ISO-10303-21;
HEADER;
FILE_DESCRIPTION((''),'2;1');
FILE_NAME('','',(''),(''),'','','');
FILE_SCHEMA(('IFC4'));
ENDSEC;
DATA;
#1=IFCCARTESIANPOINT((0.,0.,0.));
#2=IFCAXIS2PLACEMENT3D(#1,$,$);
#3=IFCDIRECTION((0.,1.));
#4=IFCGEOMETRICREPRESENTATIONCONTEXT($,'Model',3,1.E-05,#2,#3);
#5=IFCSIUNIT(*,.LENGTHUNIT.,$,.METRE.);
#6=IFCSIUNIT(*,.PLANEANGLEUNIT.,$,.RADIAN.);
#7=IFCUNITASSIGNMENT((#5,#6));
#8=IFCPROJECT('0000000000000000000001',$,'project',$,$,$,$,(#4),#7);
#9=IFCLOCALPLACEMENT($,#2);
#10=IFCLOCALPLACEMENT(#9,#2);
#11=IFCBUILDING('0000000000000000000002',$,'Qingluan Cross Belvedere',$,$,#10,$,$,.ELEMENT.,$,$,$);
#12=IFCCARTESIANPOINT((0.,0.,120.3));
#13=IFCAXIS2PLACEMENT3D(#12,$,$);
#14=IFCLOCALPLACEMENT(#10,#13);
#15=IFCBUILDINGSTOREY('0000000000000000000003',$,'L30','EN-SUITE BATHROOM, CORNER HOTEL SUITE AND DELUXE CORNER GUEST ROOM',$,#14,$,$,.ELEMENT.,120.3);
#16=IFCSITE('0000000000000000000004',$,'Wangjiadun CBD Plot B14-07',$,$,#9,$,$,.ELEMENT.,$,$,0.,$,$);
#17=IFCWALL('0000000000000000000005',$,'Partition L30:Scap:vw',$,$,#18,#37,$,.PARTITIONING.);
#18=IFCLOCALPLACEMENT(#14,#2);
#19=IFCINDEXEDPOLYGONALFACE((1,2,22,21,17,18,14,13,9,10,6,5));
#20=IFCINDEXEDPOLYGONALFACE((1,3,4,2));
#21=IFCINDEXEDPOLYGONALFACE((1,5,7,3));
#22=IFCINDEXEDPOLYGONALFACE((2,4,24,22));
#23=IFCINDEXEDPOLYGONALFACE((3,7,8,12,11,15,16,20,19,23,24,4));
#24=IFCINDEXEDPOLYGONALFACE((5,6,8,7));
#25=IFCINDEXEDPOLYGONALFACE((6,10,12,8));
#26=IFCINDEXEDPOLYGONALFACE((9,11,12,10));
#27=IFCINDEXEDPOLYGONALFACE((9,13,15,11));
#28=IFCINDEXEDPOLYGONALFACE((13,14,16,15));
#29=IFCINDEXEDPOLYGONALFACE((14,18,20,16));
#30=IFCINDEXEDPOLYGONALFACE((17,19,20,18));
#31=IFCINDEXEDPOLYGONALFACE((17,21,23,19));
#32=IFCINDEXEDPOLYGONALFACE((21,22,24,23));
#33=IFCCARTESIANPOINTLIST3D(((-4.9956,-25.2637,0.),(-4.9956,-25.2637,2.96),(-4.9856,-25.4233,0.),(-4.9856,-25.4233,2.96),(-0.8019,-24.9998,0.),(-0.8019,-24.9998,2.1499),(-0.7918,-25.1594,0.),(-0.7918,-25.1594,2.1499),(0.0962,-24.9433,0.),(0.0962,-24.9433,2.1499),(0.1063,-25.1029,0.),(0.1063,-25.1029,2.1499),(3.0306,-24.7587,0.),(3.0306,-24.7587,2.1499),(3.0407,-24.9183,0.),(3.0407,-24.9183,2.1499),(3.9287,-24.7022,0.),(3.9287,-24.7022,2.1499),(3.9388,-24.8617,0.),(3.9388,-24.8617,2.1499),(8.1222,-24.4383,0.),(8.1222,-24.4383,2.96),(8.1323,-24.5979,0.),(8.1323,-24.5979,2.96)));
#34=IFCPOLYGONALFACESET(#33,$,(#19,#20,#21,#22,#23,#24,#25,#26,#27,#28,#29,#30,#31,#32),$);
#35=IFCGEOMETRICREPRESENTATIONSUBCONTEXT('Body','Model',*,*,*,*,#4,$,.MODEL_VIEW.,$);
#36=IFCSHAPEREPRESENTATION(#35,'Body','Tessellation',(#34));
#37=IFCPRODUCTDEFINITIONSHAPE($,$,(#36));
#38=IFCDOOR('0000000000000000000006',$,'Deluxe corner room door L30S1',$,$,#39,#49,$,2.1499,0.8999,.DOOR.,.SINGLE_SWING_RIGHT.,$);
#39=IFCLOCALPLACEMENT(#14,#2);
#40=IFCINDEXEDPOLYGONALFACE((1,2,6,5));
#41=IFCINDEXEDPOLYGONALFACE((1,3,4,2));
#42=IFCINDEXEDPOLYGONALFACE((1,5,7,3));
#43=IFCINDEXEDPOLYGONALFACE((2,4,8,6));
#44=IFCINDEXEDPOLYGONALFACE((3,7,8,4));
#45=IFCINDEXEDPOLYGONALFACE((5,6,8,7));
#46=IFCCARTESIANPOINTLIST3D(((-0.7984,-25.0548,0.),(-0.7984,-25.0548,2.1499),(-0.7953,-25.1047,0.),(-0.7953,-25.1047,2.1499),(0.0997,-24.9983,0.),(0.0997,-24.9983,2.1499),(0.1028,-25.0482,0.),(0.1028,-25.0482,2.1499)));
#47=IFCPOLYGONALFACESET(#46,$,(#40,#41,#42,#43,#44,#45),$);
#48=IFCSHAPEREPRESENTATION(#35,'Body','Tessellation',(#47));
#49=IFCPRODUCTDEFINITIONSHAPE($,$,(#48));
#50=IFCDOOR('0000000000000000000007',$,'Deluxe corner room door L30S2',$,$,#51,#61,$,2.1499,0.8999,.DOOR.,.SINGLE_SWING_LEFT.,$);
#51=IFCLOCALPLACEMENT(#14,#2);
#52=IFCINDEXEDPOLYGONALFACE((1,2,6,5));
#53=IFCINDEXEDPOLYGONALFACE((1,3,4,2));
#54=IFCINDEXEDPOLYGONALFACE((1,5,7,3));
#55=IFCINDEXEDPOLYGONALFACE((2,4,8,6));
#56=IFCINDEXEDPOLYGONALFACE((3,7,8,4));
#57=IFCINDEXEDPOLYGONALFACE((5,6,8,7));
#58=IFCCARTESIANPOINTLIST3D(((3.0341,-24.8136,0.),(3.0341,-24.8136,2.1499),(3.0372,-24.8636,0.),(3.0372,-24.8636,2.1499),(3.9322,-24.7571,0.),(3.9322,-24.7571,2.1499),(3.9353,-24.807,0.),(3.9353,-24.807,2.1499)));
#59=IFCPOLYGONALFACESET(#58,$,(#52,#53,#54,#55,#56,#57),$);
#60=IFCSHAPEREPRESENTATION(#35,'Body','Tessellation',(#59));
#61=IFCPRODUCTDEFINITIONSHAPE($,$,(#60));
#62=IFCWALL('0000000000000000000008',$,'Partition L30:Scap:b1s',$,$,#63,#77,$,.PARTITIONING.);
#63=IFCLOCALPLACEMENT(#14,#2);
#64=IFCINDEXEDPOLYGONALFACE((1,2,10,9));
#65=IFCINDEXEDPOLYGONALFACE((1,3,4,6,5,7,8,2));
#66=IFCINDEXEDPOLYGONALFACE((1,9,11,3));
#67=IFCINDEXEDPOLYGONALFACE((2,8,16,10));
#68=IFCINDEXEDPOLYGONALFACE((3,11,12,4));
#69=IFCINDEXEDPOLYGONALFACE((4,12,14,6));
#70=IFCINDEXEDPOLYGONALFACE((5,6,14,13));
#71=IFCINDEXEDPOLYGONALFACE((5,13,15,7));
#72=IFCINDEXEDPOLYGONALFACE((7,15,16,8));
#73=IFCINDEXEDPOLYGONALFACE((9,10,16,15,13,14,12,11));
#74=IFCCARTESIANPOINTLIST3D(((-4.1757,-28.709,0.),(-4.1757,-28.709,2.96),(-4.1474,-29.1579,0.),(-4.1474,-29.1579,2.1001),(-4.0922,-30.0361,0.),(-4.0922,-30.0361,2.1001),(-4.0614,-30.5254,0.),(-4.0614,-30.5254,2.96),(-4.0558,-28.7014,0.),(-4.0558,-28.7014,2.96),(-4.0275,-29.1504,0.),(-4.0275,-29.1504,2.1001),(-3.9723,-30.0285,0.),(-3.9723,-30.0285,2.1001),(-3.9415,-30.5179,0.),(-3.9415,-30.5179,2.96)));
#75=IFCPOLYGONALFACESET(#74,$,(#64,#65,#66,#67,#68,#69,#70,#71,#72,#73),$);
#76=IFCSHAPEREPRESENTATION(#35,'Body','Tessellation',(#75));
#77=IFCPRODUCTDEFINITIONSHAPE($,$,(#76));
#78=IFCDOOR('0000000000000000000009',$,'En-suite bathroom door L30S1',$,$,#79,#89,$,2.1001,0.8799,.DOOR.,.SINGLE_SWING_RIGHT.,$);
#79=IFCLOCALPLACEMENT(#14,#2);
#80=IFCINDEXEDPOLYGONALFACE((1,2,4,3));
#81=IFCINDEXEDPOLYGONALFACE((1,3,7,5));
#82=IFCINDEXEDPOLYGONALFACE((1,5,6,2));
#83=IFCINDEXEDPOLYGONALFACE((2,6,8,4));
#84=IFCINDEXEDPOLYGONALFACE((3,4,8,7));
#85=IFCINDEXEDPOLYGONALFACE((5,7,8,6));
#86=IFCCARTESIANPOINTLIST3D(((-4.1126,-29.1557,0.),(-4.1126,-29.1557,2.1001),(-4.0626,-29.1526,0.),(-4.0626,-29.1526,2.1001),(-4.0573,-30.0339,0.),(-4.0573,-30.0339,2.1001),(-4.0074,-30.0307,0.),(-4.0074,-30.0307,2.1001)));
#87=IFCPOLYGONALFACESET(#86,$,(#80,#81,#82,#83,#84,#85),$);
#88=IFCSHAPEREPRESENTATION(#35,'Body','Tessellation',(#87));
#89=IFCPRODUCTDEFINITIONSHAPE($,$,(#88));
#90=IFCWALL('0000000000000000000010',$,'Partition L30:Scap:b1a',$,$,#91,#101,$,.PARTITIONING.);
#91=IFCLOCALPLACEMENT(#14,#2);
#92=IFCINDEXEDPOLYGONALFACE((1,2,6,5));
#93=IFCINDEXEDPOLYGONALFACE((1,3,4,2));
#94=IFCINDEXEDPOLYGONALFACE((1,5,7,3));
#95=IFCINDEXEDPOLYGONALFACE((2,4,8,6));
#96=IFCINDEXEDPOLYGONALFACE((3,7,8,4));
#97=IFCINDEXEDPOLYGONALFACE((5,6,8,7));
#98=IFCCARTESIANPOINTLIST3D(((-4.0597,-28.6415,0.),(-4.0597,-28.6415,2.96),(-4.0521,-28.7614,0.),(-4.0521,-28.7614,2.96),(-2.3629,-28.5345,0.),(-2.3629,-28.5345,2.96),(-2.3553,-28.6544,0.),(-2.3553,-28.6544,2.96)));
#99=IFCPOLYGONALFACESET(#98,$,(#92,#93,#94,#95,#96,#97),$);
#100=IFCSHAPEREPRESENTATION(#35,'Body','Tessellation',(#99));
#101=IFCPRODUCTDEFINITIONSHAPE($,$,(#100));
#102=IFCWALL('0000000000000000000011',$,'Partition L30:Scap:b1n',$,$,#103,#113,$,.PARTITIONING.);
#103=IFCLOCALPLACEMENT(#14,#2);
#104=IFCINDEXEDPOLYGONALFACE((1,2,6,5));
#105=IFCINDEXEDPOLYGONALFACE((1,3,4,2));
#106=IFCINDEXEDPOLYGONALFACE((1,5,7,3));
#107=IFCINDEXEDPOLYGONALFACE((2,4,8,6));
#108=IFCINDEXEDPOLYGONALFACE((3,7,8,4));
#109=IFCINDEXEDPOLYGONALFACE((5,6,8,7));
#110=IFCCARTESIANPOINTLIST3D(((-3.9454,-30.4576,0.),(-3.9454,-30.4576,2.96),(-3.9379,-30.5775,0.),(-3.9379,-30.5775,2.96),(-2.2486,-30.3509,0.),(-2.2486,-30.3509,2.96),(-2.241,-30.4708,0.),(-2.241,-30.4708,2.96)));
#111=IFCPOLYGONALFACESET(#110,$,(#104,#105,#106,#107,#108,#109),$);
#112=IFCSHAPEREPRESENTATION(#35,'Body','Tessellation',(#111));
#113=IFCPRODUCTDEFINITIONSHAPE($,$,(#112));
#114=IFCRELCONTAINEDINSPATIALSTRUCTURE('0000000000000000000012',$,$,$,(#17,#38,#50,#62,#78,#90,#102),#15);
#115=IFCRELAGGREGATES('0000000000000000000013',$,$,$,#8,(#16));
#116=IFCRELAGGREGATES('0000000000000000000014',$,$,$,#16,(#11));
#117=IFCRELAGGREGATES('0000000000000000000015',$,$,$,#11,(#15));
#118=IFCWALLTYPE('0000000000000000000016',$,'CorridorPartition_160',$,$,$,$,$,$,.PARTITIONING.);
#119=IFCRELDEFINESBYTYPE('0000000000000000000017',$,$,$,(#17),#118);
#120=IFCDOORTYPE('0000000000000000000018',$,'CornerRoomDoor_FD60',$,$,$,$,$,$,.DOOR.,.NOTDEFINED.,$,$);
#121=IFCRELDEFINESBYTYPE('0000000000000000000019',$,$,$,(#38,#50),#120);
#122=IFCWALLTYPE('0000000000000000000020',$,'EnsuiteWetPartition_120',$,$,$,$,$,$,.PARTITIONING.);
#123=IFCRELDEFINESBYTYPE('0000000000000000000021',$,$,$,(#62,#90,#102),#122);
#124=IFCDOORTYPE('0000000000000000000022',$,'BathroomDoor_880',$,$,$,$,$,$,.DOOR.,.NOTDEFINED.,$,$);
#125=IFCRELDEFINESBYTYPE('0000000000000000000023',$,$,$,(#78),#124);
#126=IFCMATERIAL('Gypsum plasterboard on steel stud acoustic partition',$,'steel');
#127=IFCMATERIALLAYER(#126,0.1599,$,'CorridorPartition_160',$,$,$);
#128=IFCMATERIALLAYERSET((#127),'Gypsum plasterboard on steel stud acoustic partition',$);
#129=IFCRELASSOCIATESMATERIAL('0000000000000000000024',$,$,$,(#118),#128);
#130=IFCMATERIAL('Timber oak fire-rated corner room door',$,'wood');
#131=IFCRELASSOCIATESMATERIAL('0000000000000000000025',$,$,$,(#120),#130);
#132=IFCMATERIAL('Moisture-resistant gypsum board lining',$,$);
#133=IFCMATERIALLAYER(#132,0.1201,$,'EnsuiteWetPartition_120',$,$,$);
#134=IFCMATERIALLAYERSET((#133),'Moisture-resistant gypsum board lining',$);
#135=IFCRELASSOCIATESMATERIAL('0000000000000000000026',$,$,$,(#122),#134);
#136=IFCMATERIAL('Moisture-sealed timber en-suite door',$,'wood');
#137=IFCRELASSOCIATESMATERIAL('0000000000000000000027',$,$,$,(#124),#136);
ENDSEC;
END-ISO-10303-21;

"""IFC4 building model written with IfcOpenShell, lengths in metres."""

from ifc_helpers import new_model, si_unit, direction, frame, frame_2d, origin, place, context, subcontext, project, spatial, rectangle, extrude, material, layer, layer_set, type_object, element, fill, save


model = new_model("IFC4")

# Units and contexts
model_context = context("Model", 3, precision=1e-05, world=origin(), true_north=direction((0.0, 1.0)))
body_context = subcontext(model_context, "Body", "Model", "MODEL_VIEW")
ifc_project = project(units=[si_unit("LENGTHUNIT", "METRE"), si_unit("PLANEANGLEUNIT", "RADIAN")], contexts=[model_context])

# Site, building, storey
site_placement = place(None, origin())
site = spatial("IfcSite", under=ifc_project, at=site_placement, Name="Wangjiadun CBD Plot B14-07", CompositionType="ELEMENT", RefElevation=0.0)
building_placement = place(site_placement, origin())
building = spatial("IfcBuilding", under=site, at=building_placement, Name="Qingluan Cross Belvedere", CompositionType="ELEMENT")
storey_placement = place(building_placement, frame((0.0, 0.0, 120.3)))
storey = spatial("IfcBuildingStorey", under=building, at=storey_placement, Name="L30", Description="EN-SUITE BATHROOM, CORNER HOTEL SUITE AND DELUXE CORNER GUEST ROOM", CompositionType="ELEMENT", Elevation=120.3)

# Shared definitions
ifc_material_1 = material(Name="Gypsum plasterboard on steel stud acoustic partition", Category="steel")
ifc_layer_1 = layer(ifc_material_1, 0.1599, Name="CorridorPartition_160")
ifc_layer_set_1 = layer_set([ifc_layer_1], Name="Gypsum plasterboard on steel stud acoustic partition")
wall_type_1 = type_object("IfcWallType", Name="CorridorPartition_160", PredefinedType="PARTITIONING", material=ifc_layer_set_1)

# Wall, openings, doors
wall_1_placement = place(storey_placement, frame((-4.9905, -25.3435, 0.0), z_axis=(0.0, 0.0, 1.0), x_axis=(0.998026, 0.0628, 0.0)))
wall_1 = element("IfcWall", 1, at=wall_1_placement, inside=storey, type_object=wall_type_1, Name="Partition L30:Scap:vw", PredefinedType="PARTITIONING", context=body_context, shape_type="SweptSolid", body=[
    extrude(rectangle(XDim=13.1438, YDim=0.1599, at=frame_2d((6.5718, 0.0))), origin(), (0.0, 0.0, 1.0), 2.96),
])
opening_1_placement = place(wall_1_placement, frame((4.2019, 0.0, 0.0)))
opening_1 = element("IfcOpeningElement", 2, at=opening_1_placement, cuts=wall_1, PredefinedType="OPENING", context=body_context, shape_type="SweptSolid", body=[
    extrude(rectangle(XDim=0.8999, YDim=2.1499, at=frame_2d((0.45, 1.075))), frame((0.0, 0.0898, 0.0), z_axis=(0.0, -1.0, 0.0), x_axis=(1.0, 0.0, 0.0)), (0.0, 0.0, 1.0), 0.1799),
])
opening_2_placement = place(wall_1_placement, frame((8.042, 0.0, 0.0)))
opening_2 = element("IfcOpeningElement", 3, at=opening_2_placement, cuts=wall_1, PredefinedType="OPENING", context=body_context, shape_type="SweptSolid", body=[
    extrude(rectangle(XDim=0.8999, YDim=2.1499, at=frame_2d((0.45, 1.075))), frame((0.0, 0.0898, 0.0), z_axis=(0.0, -1.0, 0.0), x_axis=(1.0, 0.0, 0.0)), (0.0, 0.0, 1.0), 0.1799),
])
ifc_material_2 = material(Name="Timber oak fire-rated corner room door", Category="wood")
door_type_1 = type_object("IfcDoorType", Name="CornerRoomDoor_FD60", OperationType="NOTDEFINED", PredefinedType="DOOR", material=ifc_material_2)
door_1_placement = place(opening_1_placement, origin())
door_1 = element("IfcDoor", 4, at=door_1_placement, inside=storey, type_object=door_type_1, Name="Deluxe corner room door L30S1", OperationType="SINGLE_SWING_RIGHT", OverallHeight=2.1499, OverallWidth=0.8999, PredefinedType="DOOR", context=body_context, shape_type="SweptSolid", body=[
    extrude(rectangle(XDim=0.8999, YDim=2.1499, at=frame_2d((0.45, 1.075))), frame((0.0, 0.0249, 0.0), z_axis=(0.0, -1.0, 0.0), x_axis=(1.0, 0.0, 0.0)), (0.0, 0.0, 1.0), 0.05),
])
fill(opening_1, door_1)
door_2_placement = place(opening_2_placement, origin())
door_2 = element("IfcDoor", 5, at=door_2_placement, inside=storey, type_object=door_type_1, Name="Deluxe corner room door L30S2", OperationType="SINGLE_SWING_LEFT", OverallHeight=2.1499, OverallWidth=0.8999, PredefinedType="DOOR", context=body_context, shape_type="SweptSolid", body=[
    extrude(rectangle(XDim=0.8999, YDim=2.1499, at=frame_2d((0.45, 1.075))), frame((0.0, 0.0249, 0.0), z_axis=(0.0, -1.0, 0.0), x_axis=(1.0, 0.0, 0.0)), (0.0, 0.0, 1.0), 0.05),
])
fill(opening_2, door_2)

# Wall, opening, door
ifc_material_3 = material(Name="Moisture-resistant gypsum board lining")
ifc_layer_2 = layer(ifc_material_3, 0.1201, Name="EnsuiteWetPartition_120")
ifc_layer_set_2 = layer_set([ifc_layer_2], Name="Moisture-resistant gypsum board lining")
wall_type_2 = type_object("IfcWallType", Name="EnsuiteWetPartition_120", PredefinedType="PARTITIONING", material=ifc_layer_set_2)
wall_2_placement = place(storey_placement, frame((-4.1157, -28.7051, 0.0), z_axis=(0.0, 0.0, 1.0), x_axis=(0.062779, -0.998027, 0.0)))
wall_2 = element("IfcWall", 6, at=wall_2_placement, inside=storey, type_object=wall_type_2, Name="Partition L30:Scap:b1s", PredefinedType="PARTITIONING", context=body_context, shape_type="SweptSolid", body=[
    extrude(rectangle(XDim=1.8201, YDim=0.1201, at=frame_2d((0.9102, 0.0))), origin(), (0.0, 0.0, 1.0), 2.96),
])
opening_3_placement = place(wall_2_placement, frame((0.45, 0.0, 0.0)))
opening_3 = element("IfcOpeningElement", 7, at=opening_3_placement, cuts=wall_2, PredefinedType="OPENING", context=body_context, shape_type="SweptSolid", body=[
    extrude(rectangle(XDim=0.8799, YDim=2.1001, at=frame_2d((0.4399, 1.05))), frame((0.0, 0.0701, 0.0), z_axis=(0.0, -1.0, 0.0), x_axis=(1.0, 0.0, 0.0)), (0.0, 0.0, 1.0), 0.1401),
])
ifc_material_4 = material(Name="Moisture-sealed timber en-suite door", Category="wood")
door_type_2 = type_object("IfcDoorType", Name="BathroomDoor_880", OperationType="NOTDEFINED", PredefinedType="DOOR", material=ifc_material_4)
door_3_placement = place(opening_3_placement, origin())
door_3 = element("IfcDoor", 8, at=door_3_placement, inside=storey, type_object=door_type_2, Name="En-suite bathroom door L30S1", OperationType="SINGLE_SWING_RIGHT", OverallHeight=2.1001, OverallWidth=0.8799, PredefinedType="DOOR", context=body_context, shape_type="SweptSolid", body=[
    extrude(rectangle(XDim=0.8799, YDim=2.1001, at=frame_2d((0.4399, 1.05))), frame((0.0, 0.0249, 0.0), z_axis=(0.0, -1.0, 0.0), x_axis=(1.0, 0.0, 0.0)), (0.0, 0.0, 1.0), 0.05),
])
fill(opening_3, door_3)

# Walls
for number, where, z_axis, x_axis, name in (
    (9, (-4.0559, -28.7014, 0.0), (0.0, 0.0, 1.0), (0.99802, 0.062897, 0.0), "Partition L30:Scap:b1a"),
    (10, (-3.9417, -30.5176, 0.0), (0.0, 0.0, 1.0), (0.998029, 0.062754, 0.0), "Partition L30:Scap:b1n"),
):
    element("IfcWall", number, at=place(storey_placement, frame(where, z_axis=z_axis, x_axis=x_axis)), inside=storey, type_object=wall_type_2, Name=name, PredefinedType="PARTITIONING", context=body_context, shape_type="SweptSolid", body=[
        extrude(rectangle(XDim=1.7002, YDim=0.1201, at=frame_2d((0.8501, 0.0))), origin(), (0.0, 0.0, 1.0), 2.96),
    ])

save(model, "model.ifc")
